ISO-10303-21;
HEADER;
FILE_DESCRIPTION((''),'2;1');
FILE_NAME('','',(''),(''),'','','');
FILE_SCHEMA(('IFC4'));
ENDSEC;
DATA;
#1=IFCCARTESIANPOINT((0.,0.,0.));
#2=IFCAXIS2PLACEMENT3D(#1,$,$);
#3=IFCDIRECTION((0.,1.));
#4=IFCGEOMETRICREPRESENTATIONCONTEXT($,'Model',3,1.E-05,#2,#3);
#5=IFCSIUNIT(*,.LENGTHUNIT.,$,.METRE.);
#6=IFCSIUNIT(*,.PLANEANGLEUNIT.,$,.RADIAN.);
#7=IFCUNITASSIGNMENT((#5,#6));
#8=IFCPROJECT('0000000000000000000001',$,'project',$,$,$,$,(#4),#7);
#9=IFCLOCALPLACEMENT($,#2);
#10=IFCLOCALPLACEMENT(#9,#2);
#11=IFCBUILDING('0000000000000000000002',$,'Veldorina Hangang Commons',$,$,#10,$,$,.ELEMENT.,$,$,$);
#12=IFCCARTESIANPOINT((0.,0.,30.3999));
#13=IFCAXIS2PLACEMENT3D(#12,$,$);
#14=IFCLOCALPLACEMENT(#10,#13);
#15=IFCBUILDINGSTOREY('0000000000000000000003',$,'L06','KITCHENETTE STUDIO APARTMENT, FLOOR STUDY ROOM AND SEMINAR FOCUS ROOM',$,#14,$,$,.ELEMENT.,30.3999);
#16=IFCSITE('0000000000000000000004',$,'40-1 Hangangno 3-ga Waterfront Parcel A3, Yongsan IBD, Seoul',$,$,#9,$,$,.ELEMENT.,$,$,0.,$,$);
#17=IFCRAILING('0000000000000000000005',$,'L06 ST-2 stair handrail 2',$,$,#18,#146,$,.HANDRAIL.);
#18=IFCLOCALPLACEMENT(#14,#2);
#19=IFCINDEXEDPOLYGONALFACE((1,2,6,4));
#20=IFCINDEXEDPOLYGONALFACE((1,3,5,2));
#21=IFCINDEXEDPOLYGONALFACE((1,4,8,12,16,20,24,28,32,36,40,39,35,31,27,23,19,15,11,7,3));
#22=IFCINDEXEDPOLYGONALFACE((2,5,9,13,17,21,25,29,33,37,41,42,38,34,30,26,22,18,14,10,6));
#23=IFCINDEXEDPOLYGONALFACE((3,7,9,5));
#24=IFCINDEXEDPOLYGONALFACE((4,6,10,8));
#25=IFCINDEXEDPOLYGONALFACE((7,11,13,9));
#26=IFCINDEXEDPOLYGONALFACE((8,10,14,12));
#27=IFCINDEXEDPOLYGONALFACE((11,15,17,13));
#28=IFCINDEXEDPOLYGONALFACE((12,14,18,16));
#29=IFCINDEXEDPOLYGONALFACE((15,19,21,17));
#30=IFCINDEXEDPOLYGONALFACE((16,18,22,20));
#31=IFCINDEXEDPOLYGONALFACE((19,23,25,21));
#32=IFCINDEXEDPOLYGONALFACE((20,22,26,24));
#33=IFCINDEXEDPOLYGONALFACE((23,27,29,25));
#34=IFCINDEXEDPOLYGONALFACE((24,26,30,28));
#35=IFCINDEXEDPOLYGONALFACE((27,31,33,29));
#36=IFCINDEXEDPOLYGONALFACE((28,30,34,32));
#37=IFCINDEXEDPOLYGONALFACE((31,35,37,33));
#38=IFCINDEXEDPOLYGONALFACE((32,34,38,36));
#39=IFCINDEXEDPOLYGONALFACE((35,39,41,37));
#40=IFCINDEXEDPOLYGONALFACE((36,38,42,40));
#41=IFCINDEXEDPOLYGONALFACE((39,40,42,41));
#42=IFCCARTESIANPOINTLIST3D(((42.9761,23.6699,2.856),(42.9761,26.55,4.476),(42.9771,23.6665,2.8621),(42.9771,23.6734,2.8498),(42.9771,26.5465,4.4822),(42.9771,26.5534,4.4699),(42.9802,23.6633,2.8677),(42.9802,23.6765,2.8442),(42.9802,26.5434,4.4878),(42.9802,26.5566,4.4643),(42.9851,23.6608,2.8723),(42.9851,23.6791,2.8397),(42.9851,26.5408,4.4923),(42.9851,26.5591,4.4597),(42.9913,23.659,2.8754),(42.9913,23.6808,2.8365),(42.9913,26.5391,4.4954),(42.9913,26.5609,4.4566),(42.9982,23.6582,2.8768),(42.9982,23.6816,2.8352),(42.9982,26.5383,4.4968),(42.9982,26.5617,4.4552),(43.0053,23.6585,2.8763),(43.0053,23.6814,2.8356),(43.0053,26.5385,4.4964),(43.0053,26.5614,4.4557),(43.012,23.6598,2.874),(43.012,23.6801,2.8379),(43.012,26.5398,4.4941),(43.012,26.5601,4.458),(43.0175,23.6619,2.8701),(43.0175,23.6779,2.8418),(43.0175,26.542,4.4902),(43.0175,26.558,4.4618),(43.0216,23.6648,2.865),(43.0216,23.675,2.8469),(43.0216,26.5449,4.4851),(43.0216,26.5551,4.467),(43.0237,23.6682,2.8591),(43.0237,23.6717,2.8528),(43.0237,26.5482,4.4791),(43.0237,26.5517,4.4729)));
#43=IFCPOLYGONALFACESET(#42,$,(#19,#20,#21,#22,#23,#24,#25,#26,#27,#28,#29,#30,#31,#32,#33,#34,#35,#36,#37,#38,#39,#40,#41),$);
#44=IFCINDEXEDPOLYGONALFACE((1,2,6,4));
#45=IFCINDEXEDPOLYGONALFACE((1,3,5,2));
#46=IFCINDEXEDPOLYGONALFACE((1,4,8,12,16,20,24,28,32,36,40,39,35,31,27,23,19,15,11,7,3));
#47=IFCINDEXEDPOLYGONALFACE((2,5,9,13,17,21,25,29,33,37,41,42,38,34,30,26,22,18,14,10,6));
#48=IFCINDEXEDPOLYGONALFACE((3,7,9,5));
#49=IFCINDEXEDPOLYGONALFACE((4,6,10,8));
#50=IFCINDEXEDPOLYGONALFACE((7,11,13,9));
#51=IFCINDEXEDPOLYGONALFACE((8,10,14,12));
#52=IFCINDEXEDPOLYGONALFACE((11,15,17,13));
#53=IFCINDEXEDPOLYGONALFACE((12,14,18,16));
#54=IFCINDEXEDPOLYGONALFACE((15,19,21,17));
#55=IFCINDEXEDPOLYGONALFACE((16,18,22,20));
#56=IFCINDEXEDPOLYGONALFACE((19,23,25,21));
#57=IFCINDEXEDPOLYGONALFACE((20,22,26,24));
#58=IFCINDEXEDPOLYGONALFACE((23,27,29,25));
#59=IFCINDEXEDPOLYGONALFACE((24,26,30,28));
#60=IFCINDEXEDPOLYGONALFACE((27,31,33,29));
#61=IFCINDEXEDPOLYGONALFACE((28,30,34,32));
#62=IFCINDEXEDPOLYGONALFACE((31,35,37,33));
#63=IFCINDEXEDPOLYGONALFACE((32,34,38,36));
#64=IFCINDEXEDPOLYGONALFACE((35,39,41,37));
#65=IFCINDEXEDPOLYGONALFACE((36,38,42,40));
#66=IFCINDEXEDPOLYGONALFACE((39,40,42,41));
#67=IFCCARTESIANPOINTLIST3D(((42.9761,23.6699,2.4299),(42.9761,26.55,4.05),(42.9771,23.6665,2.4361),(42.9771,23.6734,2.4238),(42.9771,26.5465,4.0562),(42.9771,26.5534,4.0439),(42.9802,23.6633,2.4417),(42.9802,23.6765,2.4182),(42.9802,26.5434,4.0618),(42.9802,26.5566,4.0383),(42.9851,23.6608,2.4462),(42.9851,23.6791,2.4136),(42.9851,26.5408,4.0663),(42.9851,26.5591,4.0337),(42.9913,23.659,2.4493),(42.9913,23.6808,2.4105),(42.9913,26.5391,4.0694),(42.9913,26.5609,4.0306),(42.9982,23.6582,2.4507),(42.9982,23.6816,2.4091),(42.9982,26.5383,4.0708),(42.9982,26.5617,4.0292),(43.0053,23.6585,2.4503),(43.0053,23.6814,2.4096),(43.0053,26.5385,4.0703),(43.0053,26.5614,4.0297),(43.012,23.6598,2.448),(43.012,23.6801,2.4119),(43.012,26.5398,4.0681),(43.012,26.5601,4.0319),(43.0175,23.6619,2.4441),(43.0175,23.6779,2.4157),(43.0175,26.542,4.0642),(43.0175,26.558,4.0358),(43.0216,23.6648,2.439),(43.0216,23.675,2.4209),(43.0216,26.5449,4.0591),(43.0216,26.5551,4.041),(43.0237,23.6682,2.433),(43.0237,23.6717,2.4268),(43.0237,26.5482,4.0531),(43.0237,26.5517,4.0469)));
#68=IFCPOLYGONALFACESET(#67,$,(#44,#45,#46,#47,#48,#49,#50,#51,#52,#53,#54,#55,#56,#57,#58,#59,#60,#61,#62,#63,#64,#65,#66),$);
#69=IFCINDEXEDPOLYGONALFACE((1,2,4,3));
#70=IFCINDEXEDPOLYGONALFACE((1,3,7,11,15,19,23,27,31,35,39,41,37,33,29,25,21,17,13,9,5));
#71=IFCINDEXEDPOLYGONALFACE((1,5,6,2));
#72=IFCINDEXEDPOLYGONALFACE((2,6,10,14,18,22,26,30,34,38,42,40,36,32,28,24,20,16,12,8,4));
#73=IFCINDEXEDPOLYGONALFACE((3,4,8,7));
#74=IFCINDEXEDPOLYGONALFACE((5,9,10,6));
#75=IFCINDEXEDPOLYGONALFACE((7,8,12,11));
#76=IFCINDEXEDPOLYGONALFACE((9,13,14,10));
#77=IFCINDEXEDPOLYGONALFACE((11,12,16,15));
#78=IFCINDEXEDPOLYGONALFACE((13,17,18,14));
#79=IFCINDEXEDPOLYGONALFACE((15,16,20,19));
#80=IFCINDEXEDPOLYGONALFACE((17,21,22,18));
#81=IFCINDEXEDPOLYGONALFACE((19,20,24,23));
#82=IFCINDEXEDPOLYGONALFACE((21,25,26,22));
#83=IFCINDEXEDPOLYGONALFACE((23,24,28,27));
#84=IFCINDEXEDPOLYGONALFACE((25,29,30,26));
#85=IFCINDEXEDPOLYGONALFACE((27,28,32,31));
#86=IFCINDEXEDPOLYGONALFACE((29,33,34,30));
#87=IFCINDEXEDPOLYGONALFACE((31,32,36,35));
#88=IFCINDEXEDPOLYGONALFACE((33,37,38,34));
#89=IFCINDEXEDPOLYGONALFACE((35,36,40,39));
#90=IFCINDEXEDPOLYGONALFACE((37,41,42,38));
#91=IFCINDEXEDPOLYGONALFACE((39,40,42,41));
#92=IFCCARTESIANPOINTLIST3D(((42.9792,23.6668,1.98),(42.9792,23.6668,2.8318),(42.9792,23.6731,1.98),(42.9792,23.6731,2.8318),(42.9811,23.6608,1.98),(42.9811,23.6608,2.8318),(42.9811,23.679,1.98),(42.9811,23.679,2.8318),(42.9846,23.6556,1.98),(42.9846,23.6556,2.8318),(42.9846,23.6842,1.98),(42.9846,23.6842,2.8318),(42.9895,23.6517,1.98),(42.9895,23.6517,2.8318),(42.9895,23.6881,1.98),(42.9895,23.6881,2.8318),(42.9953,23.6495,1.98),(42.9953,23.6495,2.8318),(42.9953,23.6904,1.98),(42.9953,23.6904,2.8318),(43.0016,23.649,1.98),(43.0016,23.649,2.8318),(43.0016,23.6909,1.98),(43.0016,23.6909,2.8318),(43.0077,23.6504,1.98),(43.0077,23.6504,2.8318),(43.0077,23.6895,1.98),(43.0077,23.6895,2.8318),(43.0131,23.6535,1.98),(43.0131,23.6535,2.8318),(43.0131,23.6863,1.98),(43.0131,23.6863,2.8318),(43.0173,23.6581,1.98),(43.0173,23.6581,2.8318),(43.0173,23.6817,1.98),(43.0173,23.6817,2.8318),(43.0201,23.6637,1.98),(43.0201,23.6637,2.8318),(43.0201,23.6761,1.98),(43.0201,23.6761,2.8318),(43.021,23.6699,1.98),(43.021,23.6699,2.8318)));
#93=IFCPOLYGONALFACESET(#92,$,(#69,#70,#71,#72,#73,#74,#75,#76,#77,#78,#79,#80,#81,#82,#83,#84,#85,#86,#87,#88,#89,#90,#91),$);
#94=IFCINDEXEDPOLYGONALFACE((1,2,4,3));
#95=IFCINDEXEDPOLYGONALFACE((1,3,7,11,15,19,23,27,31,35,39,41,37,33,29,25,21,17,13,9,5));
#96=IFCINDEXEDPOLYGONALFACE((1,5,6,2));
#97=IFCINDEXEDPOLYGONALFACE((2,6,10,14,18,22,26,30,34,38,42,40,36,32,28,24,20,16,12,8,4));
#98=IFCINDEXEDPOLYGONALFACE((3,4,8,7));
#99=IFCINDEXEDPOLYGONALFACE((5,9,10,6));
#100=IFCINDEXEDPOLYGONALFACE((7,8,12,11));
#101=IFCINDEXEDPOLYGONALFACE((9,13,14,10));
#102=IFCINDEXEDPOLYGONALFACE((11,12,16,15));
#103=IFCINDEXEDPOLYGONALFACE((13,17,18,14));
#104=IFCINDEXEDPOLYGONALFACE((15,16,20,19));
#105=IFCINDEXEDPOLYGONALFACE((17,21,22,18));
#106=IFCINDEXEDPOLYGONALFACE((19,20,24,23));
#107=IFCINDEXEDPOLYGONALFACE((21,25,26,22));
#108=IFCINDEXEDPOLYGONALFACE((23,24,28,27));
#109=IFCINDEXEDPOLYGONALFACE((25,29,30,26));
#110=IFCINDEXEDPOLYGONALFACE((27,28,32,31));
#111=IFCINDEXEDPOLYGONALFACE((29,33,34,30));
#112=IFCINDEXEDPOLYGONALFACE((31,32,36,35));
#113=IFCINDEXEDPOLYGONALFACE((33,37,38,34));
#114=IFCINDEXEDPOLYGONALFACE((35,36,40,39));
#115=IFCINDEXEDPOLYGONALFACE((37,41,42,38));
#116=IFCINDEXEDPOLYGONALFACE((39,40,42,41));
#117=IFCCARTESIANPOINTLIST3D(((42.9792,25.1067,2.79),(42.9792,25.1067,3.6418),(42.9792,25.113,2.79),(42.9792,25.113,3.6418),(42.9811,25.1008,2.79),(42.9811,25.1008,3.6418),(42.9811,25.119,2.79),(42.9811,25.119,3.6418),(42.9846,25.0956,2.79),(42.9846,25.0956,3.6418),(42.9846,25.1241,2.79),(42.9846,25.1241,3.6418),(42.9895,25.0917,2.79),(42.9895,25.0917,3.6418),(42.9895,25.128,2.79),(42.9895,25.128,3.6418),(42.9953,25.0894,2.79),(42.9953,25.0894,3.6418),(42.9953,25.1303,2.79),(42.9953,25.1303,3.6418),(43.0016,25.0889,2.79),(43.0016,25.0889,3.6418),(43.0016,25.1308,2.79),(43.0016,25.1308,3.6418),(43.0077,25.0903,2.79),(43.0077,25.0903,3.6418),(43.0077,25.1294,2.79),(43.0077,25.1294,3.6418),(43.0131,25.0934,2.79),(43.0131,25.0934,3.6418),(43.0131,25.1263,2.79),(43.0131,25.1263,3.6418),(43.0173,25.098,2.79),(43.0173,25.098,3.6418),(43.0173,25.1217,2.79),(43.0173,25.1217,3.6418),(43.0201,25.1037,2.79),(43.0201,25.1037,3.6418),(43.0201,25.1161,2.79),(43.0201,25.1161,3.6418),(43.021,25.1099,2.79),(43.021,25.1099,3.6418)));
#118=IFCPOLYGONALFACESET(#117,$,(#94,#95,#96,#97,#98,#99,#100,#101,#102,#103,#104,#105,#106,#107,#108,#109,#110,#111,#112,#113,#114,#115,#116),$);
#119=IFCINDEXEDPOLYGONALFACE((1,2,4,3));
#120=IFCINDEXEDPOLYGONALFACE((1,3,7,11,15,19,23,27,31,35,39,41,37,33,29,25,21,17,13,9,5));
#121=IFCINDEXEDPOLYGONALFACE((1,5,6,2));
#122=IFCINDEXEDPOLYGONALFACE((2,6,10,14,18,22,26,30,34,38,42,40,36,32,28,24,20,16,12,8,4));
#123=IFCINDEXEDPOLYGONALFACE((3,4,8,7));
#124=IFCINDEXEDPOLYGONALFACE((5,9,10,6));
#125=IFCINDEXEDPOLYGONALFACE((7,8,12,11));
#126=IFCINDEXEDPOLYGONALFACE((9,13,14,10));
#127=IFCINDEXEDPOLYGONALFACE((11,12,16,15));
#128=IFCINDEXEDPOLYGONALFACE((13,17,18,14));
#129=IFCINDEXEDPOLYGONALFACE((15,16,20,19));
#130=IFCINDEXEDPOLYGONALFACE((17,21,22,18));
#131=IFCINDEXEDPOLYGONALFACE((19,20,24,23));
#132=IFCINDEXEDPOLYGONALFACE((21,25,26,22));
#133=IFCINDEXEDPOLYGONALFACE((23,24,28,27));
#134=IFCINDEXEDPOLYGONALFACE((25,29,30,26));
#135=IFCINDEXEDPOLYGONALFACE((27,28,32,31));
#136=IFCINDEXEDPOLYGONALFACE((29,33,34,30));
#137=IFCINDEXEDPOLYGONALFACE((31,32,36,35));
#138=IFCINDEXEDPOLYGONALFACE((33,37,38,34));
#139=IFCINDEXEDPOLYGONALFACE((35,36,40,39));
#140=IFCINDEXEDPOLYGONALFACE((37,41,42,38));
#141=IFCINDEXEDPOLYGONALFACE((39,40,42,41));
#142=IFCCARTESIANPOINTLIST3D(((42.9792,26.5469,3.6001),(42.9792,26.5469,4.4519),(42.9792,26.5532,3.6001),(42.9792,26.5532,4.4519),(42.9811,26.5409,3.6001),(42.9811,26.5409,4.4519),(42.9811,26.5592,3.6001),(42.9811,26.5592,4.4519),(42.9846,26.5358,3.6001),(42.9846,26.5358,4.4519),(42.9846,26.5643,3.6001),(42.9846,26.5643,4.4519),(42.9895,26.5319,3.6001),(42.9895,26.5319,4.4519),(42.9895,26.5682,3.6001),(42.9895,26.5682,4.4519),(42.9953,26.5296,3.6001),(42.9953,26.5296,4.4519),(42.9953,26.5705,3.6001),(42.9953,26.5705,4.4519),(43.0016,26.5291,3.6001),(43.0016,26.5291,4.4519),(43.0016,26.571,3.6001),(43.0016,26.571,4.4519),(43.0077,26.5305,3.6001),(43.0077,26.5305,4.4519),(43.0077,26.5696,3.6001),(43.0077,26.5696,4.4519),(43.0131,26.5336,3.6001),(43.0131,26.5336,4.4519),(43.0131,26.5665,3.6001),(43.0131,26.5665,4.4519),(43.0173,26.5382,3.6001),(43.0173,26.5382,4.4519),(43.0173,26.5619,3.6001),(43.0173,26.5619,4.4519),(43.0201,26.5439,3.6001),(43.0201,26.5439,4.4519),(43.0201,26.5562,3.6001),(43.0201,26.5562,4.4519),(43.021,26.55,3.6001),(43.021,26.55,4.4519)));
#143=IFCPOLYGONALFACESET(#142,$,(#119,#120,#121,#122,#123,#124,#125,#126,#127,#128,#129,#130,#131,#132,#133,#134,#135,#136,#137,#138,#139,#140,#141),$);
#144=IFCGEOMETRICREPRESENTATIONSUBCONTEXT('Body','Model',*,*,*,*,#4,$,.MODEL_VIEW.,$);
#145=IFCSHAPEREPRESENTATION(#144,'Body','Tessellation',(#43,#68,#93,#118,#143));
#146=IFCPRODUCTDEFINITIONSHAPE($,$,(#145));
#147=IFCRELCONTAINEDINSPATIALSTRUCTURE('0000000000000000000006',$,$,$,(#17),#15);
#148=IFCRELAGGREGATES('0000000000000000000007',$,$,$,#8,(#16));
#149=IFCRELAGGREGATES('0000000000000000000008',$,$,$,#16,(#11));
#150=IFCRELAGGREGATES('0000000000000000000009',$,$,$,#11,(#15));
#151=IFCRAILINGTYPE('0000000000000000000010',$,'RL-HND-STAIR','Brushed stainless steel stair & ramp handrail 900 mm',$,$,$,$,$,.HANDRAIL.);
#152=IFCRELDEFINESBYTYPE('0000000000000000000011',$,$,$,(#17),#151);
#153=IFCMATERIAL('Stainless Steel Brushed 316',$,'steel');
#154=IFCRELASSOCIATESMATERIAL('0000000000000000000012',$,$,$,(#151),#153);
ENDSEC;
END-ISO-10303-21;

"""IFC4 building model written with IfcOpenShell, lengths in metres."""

from ifc_helpers import new_model, si_unit, direction, frame, origin, origin_2d, place, context, subcontext, project, spatial, circle, extrude, material, type_object, element, save


model = new_model("IFC4")

# Units and contexts
model_context = context("Model", 3, precision=1e-05, world=origin(), true_north=direction((0.0, 1.0)))
body_context = subcontext(model_context, "Body", "Model", "MODEL_VIEW")
ifc_project = project(units=[si_unit("LENGTHUNIT", "METRE"), si_unit("PLANEANGLEUNIT", "RADIAN")], contexts=[model_context])

# Site, building, storey
site_placement = place(None, origin())
site = spatial("IfcSite", under=ifc_project, at=site_placement, Name="40-1 Hangangno 3-ga Waterfront Parcel A3, Yongsan IBD, Seoul", CompositionType="ELEMENT", RefElevation=0.0)
building_placement = place(site_placement, origin())
building = spatial("IfcBuilding", under=site, at=building_placement, Name="Veldorina Hangang Commons", CompositionType="ELEMENT")
storey_placement = place(building_placement, frame((0.0, 0.0, 30.3999)))
storey = spatial("IfcBuildingStorey", under=building, at=storey_placement, Name="L06", Description="KITCHENETTE STUDIO APARTMENT, FLOOR STUDY ROOM AND SEMINAR FOCUS ROOM", CompositionType="ELEMENT", Elevation=30.3999)

# Railing
ifc_material_1 = material(Name="Stainless Steel Brushed 316", Category="steel")
railing_type_1 = type_object("IfcRailingType", Name="RL-HND-STAIR", Description="Brushed stainless steel stair & ramp handrail 900 mm", PredefinedType="HANDRAIL", material=ifc_material_1)
railing_1_placement = place(storey_placement, frame((43.0, 23.6699, 1.98)))
element("IfcRailing", 1, at=railing_1_placement, inside=storey, type_object=railing_type_1, Name="L06 ST-2 stair handrail 2", PredefinedType="HANDRAIL", context=body_context, shape_type="SweptSolid", body=[
    extrude(circle(Radius=0.0239, at=origin_2d()), frame((0.0, 0.0, 0.876), z_axis=(0.0, 0.87157, 0.490272), x_axis=(-1.0, 0.0, 0.0)), (0.0, 0.0, 1.0), 3.3044),
    extrude(circle(Radius=0.0239, at=origin_2d()), frame((0.0, 0.0, 0.45), z_axis=(0.0, 0.87157, 0.490272), x_axis=(-1.0, 0.0, 0.0)), (0.0, 0.0, 1.0), 3.3044),
    extrude(circle(Radius=0.021, at=origin_2d()), origin(), (0.0, 0.0, 1.0), 0.8518),
    extrude(circle(Radius=0.021, at=origin_2d()), frame((0.0, 1.4399, 0.8101)), (0.0, 0.0, 1.0), 0.8518),
    extrude(circle(Radius=0.021, at=origin_2d()), frame((0.0, 2.8801, 1.6201)), (0.0, 0.0, 1.0), 0.8518),
])

save(model, "model.ifc")
